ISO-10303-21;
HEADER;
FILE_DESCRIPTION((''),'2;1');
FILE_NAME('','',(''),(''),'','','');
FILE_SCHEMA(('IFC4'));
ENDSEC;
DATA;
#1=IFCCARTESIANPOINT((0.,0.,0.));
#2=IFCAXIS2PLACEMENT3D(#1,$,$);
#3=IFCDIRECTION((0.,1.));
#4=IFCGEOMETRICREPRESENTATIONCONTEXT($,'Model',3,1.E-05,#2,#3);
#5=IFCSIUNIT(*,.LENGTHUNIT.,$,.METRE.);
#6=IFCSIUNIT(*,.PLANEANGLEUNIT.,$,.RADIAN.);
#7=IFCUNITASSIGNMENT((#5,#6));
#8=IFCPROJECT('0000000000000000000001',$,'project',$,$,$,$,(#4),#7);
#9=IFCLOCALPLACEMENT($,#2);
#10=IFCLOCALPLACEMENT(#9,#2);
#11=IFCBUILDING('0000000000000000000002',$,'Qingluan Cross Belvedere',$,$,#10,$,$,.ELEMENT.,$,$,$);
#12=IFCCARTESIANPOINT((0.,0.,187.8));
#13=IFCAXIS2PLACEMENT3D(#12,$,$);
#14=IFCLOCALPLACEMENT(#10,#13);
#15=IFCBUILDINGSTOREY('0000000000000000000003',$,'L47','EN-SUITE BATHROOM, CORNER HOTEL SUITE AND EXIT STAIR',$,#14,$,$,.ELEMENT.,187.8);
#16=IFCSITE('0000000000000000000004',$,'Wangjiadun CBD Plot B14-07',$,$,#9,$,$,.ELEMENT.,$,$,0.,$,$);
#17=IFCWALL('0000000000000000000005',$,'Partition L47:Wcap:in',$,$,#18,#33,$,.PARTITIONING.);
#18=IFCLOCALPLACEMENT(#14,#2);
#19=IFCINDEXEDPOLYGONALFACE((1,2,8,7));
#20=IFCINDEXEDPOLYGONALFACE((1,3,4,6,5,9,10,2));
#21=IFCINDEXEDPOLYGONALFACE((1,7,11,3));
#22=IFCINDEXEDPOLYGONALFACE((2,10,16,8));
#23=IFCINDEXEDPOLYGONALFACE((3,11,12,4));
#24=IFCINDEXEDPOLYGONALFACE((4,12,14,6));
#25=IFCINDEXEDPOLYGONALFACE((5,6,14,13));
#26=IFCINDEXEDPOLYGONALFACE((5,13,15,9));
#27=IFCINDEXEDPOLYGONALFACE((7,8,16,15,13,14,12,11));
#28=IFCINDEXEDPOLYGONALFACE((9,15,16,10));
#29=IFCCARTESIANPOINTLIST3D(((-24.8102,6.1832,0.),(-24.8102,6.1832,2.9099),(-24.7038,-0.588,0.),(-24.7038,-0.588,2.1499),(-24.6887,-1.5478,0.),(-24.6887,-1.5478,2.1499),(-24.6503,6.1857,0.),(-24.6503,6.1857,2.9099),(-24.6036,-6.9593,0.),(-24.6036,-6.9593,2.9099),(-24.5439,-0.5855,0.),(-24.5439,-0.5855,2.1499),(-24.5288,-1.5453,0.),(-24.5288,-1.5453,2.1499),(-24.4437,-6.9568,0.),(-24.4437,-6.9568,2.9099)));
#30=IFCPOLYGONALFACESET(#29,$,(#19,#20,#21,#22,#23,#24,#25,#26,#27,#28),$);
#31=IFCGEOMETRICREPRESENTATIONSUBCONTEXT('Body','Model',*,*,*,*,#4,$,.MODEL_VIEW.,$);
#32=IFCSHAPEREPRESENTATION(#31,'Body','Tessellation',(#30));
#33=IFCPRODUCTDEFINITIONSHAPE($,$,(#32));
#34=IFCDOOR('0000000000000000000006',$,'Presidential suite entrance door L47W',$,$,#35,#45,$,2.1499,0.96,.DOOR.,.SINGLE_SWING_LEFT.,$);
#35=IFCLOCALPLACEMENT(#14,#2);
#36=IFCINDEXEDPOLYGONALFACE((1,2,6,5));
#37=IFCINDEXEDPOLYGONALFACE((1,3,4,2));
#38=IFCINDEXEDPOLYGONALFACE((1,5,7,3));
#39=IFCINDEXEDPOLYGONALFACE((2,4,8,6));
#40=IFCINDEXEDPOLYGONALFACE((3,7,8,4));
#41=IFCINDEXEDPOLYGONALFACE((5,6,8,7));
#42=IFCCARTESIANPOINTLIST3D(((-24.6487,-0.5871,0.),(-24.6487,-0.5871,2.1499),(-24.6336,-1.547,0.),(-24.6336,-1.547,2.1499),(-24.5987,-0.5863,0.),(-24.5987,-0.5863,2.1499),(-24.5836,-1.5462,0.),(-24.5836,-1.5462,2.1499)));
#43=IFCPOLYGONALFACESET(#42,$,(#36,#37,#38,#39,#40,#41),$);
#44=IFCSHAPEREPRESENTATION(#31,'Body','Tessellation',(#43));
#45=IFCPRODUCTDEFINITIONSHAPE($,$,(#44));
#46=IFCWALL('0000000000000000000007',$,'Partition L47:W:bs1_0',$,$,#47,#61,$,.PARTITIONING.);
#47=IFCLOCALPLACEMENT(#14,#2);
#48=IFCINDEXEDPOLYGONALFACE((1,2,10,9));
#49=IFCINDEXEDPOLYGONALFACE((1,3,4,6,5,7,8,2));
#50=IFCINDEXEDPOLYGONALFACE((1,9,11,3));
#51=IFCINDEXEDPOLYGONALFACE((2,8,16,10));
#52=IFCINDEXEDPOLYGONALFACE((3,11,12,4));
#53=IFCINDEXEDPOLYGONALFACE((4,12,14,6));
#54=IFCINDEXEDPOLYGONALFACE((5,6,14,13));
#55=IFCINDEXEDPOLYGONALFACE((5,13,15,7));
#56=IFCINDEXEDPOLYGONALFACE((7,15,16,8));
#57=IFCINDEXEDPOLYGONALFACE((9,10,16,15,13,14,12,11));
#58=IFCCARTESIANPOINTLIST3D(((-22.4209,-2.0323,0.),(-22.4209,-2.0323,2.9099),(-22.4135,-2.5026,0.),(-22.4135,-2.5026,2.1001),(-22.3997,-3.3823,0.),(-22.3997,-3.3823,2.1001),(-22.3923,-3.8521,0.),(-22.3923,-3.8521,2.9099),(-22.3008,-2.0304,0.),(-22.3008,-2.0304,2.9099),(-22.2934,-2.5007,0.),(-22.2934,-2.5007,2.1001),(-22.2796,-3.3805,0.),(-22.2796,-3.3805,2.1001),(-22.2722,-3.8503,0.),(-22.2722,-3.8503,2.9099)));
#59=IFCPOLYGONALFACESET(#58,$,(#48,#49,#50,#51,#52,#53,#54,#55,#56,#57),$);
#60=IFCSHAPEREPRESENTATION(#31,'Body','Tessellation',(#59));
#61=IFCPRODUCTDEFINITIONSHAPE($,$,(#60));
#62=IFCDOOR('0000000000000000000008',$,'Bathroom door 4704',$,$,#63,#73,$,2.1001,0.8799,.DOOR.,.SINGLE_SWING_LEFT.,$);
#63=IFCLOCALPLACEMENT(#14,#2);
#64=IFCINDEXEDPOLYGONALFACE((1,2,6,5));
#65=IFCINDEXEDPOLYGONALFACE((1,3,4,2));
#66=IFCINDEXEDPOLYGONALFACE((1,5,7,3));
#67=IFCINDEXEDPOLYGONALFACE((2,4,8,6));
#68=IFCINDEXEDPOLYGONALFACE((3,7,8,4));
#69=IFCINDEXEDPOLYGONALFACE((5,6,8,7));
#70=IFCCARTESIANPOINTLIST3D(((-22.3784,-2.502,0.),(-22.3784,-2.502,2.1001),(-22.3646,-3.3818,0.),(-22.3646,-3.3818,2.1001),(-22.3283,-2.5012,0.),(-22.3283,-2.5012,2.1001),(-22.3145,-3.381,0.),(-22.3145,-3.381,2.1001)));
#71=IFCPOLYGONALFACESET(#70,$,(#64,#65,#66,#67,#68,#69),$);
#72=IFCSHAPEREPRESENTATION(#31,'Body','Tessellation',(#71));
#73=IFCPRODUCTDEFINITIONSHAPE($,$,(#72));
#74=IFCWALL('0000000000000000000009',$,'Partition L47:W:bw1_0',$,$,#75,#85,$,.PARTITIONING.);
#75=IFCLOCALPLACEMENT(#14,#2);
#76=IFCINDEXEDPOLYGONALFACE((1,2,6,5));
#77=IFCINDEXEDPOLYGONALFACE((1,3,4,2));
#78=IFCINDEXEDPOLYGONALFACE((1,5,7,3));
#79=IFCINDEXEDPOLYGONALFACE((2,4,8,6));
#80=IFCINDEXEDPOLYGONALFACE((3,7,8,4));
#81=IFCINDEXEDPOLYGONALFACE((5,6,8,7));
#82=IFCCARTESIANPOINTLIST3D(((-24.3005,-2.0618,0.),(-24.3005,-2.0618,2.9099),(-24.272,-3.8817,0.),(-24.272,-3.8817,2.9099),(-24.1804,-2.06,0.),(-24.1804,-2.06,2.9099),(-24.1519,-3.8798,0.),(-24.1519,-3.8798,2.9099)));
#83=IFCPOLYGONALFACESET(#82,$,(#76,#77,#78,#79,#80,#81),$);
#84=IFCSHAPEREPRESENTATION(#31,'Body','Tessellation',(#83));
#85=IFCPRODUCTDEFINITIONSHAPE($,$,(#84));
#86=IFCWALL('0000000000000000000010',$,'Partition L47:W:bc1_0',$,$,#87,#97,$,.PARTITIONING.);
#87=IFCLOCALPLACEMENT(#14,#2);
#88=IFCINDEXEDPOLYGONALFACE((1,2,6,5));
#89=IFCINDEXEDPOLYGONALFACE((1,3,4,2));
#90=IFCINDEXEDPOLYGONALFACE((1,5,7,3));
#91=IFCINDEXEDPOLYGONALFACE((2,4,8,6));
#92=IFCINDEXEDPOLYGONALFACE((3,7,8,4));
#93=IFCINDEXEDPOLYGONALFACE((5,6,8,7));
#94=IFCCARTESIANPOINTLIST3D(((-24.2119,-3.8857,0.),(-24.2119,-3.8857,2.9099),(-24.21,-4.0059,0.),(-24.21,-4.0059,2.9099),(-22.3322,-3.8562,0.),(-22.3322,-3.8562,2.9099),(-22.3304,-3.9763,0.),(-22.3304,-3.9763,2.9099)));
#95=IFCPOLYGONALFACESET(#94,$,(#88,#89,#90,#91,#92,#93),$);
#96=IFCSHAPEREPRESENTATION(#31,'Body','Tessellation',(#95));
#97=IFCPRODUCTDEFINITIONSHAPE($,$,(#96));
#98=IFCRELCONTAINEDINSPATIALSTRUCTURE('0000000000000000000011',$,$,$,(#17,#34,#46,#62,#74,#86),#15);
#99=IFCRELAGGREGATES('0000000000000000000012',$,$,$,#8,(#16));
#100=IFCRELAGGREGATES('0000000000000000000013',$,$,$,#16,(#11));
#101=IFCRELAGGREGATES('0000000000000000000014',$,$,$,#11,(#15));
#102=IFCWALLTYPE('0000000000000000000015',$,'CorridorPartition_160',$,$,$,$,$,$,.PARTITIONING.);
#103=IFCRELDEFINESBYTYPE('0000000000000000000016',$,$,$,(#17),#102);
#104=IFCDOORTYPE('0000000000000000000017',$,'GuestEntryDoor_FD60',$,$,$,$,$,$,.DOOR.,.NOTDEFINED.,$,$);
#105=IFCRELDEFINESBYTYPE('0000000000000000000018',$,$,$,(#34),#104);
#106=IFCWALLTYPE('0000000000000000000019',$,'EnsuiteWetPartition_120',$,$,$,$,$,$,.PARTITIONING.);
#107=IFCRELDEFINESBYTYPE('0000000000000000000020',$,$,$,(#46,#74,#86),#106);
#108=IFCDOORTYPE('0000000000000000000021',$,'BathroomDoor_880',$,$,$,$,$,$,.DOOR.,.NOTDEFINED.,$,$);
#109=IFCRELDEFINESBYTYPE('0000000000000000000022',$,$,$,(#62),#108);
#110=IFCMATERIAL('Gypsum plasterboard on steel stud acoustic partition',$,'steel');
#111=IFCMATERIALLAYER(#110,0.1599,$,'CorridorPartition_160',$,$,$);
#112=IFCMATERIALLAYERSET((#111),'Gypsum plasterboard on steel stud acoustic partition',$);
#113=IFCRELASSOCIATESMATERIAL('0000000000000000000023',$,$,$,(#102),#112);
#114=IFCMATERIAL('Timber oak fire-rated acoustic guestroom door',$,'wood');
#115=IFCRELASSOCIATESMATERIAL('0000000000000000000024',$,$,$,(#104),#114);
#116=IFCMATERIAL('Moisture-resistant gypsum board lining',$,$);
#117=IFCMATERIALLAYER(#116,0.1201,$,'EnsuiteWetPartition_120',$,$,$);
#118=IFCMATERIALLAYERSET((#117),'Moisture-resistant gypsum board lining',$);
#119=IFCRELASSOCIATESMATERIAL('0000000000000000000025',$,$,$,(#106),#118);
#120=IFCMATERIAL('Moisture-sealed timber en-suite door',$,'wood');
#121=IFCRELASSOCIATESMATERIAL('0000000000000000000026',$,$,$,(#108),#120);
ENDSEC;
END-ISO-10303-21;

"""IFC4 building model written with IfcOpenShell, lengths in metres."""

from ifc_helpers import new_model, si_unit, direction, frame, frame_2d, origin, place, context, subcontext, project, spatial, rectangle, extrude, material, layer, layer_set, type_object, element, fill, save


model = new_model("IFC4")

# Units and contexts
model_context = context("Model", 3, precision=1e-05, world=origin(), true_north=direction((0.0, 1.0)))
body_context = subcontext(model_context, "Body", "Model", "MODEL_VIEW")
ifc_project = project(units=[si_unit("LENGTHUNIT", "METRE"), si_unit("PLANEANGLEUNIT", "RADIAN")], contexts=[model_context])

# Site, building, storey
site_placement = place(None, origin())
site = spatial("IfcSite", under=ifc_project, at=site_placement, Name="Wangjiadun CBD Plot B14-07", CompositionType="ELEMENT", RefElevation=0.0)
building_placement = place(site_placement, origin())
building = spatial("IfcBuilding", under=site, at=building_placement, Name="Qingluan Cross Belvedere", CompositionType="ELEMENT")
storey_placement = place(building_placement, frame((0.0, 0.0, 187.8)))
storey = spatial("IfcBuildingStorey", under=building, at=storey_placement, Name="L47", Description="EN-SUITE BATHROOM, CORNER HOTEL SUITE AND EXIT STAIR", CompositionType="ELEMENT", Elevation=187.8)

# Shared definitions
ifc_material_1 = material(Name="Gypsum plasterboard on steel stud acoustic partition", Category="steel")
ifc_layer_1 = layer(ifc_material_1, 0.1599, Name="CorridorPartition_160")
ifc_layer_set_1 = layer_set([ifc_layer_1], Name="Gypsum plasterboard on steel stud acoustic partition")
wall_type_1 = type_object("IfcWallType", Name="CorridorPartition_160", PredefinedType="PARTITIONING", material=ifc_layer_set_1)
ifc_material_2 = material(Name="Timber oak fire-rated acoustic guestroom door", Category="wood")
door_type_1 = type_object("IfcDoorType", Name="GuestEntryDoor_FD60", OperationType="NOTDEFINED", PredefinedType="DOOR", material=ifc_material_2)

# Walls, openings, doors
wall_1_placement = place(storey_placement, frame((-24.5237, -6.958, 0.0), z_axis=(0.0, 0.0, 1.0), x_axis=(-0.015714, 0.999877, 0.0)))
wall_1 = element("IfcWall", 1, at=wall_1_placement, inside=storey, type_object=wall_type_1, Name="Partition L47:Wcap:in", PredefinedType="PARTITIONING", context=body_context, shape_type="SweptSolid", body=[
    extrude(rectangle(XDim=13.144, YDim=0.1599, at=frame_2d((6.572, 0.0))), origin(), (0.0, 0.0, 1.0), 2.9099),
])
opening_1_placement = place(wall_1_placement, frame((5.4121, 0.0, 0.0)))
opening_1 = element("IfcOpeningElement", 2, at=opening_1_placement, cuts=wall_1, PredefinedType="OPENING", context=body_context, shape_type="SweptSolid", body=[
    extrude(rectangle(XDim=0.96, YDim=2.1499, at=frame_2d((0.48, 1.075))), frame((0.0, 0.0898, 0.0), z_axis=(0.0, -1.0, 0.0), x_axis=(1.0, 0.0, 0.0)), (0.0, 0.0, 1.0), 0.1799),
])
door_1_placement = place(opening_1_placement, origin())
door_1 = element("IfcDoor", 3, at=door_1_placement, inside=storey, type_object=door_type_1, Name="Presidential suite entrance door L47W", OperationType="SINGLE_SWING_LEFT", OverallHeight=2.1499, OverallWidth=0.96, PredefinedType="DOOR", context=body_context, shape_type="SweptSolid", body=[
    extrude(rectangle(XDim=0.96, YDim=2.1499, at=frame_2d((0.48, 1.075))), frame((0.0, 0.0249, 0.0), z_axis=(0.0, -1.0, 0.0), x_axis=(1.0, 0.0, 0.0)), (0.0, 0.0, 1.0), 0.05),
])
fill(opening_1, door_1)
ifc_material_3 = material(Name="Moisture-resistant gypsum board lining")
ifc_layer_2 = layer(ifc_material_3, 0.1201, Name="EnsuiteWetPartition_120")
ifc_layer_set_2 = layer_set([ifc_layer_2], Name="Moisture-resistant gypsum board lining")
wall_type_2 = type_object("IfcWallType", Name="EnsuiteWetPartition_120", PredefinedType="PARTITIONING", material=ifc_layer_set_2)
wall_2_placement = place(storey_placement, frame((-22.3323, -3.8513, 0.0), z_axis=(0.0, 0.0, 1.0), x_axis=(-0.015694, 0.999877, 0.0)))
wall_2 = element("IfcWall", 4, at=wall_2_placement, inside=storey, type_object=wall_type_2, Name="Partition L47:W:bs1_0", PredefinedType="PARTITIONING", context=body_context, shape_type="SweptSolid", body=[
    extrude(rectangle(XDim=1.8201, YDim=0.1201, at=frame_2d((0.9102, 0.0))), origin(), (0.0, 0.0, 1.0), 2.9099),
])
opening_2_placement = place(wall_2_placement, frame((0.47, 0.0, 0.0)))
opening_2 = element("IfcOpeningElement", 5, at=opening_2_placement, cuts=wall_2, PredefinedType="OPENING", context=body_context, shape_type="SweptSolid", body=[
    extrude(rectangle(XDim=0.8799, YDim=2.1001, at=frame_2d((0.4399, 1.05))), frame((0.0, 0.0701, 0.0), z_axis=(0.0, -1.0, 0.0), x_axis=(1.0, 0.0, 0.0)), (0.0, 0.0, 1.0), 0.1401),
])
ifc_material_4 = material(Name="Moisture-sealed timber en-suite door", Category="wood")
door_type_2 = type_object("IfcDoorType", Name="BathroomDoor_880", OperationType="NOTDEFINED", PredefinedType="DOOR", material=ifc_material_4)
door_2_placement = place(opening_2_placement, origin())
door_2 = element("IfcDoor", 6, at=door_2_placement, inside=storey, type_object=door_type_2, Name="Bathroom door 4704", OperationType="SINGLE_SWING_LEFT", OverallHeight=2.1001, OverallWidth=0.8799, PredefinedType="DOOR", context=body_context, shape_type="SweptSolid", body=[
    extrude(rectangle(XDim=0.8799, YDim=2.1001, at=frame_2d((0.4399, 1.05))), frame((0.0, 0.0249, 0.0), z_axis=(0.0, -1.0, 0.0), x_axis=(1.0, 0.0, 0.0)), (0.0, 0.0, 1.0), 0.05),
])
fill(opening_2, door_2)

# Walls
wall_3_placement = place(storey_placement, frame((-24.2119, -3.8809, 0.0), z_axis=(0.0, 0.0, 1.0), x_axis=(-0.015694, 0.999877, 0.0)))
element("IfcWall", 7, at=wall_3_placement, inside=storey, type_object=wall_type_2, Name="Partition L47:W:bw1_0", PredefinedType="PARTITIONING", context=body_context, shape_type="SweptSolid", body=[
    extrude(rectangle(XDim=1.8201, YDim=0.1201, at=frame_2d((0.9102, 0.0))), origin(), (0.0, 0.0, 1.0), 2.9099),
])
wall_4_placement = place(storey_placement, frame((-22.3313, -3.9163, 0.0), z_axis=(0.0, 0.0, 1.0), x_axis=(-0.999877, -0.015714, 0.0)))
element("IfcWall", 8, at=wall_4_placement, inside=storey, type_object=wall_type_2, Name="Partition L47:W:bc1_0", PredefinedType="PARTITIONING", context=body_context, shape_type="SweptSolid", body=[
    extrude(rectangle(XDim=1.8799, YDim=0.1201, at=frame_2d((0.9399, 0.0))), origin(), (0.0, 0.0, 1.0), 2.9099),
])

save(model, "model.ifc")
